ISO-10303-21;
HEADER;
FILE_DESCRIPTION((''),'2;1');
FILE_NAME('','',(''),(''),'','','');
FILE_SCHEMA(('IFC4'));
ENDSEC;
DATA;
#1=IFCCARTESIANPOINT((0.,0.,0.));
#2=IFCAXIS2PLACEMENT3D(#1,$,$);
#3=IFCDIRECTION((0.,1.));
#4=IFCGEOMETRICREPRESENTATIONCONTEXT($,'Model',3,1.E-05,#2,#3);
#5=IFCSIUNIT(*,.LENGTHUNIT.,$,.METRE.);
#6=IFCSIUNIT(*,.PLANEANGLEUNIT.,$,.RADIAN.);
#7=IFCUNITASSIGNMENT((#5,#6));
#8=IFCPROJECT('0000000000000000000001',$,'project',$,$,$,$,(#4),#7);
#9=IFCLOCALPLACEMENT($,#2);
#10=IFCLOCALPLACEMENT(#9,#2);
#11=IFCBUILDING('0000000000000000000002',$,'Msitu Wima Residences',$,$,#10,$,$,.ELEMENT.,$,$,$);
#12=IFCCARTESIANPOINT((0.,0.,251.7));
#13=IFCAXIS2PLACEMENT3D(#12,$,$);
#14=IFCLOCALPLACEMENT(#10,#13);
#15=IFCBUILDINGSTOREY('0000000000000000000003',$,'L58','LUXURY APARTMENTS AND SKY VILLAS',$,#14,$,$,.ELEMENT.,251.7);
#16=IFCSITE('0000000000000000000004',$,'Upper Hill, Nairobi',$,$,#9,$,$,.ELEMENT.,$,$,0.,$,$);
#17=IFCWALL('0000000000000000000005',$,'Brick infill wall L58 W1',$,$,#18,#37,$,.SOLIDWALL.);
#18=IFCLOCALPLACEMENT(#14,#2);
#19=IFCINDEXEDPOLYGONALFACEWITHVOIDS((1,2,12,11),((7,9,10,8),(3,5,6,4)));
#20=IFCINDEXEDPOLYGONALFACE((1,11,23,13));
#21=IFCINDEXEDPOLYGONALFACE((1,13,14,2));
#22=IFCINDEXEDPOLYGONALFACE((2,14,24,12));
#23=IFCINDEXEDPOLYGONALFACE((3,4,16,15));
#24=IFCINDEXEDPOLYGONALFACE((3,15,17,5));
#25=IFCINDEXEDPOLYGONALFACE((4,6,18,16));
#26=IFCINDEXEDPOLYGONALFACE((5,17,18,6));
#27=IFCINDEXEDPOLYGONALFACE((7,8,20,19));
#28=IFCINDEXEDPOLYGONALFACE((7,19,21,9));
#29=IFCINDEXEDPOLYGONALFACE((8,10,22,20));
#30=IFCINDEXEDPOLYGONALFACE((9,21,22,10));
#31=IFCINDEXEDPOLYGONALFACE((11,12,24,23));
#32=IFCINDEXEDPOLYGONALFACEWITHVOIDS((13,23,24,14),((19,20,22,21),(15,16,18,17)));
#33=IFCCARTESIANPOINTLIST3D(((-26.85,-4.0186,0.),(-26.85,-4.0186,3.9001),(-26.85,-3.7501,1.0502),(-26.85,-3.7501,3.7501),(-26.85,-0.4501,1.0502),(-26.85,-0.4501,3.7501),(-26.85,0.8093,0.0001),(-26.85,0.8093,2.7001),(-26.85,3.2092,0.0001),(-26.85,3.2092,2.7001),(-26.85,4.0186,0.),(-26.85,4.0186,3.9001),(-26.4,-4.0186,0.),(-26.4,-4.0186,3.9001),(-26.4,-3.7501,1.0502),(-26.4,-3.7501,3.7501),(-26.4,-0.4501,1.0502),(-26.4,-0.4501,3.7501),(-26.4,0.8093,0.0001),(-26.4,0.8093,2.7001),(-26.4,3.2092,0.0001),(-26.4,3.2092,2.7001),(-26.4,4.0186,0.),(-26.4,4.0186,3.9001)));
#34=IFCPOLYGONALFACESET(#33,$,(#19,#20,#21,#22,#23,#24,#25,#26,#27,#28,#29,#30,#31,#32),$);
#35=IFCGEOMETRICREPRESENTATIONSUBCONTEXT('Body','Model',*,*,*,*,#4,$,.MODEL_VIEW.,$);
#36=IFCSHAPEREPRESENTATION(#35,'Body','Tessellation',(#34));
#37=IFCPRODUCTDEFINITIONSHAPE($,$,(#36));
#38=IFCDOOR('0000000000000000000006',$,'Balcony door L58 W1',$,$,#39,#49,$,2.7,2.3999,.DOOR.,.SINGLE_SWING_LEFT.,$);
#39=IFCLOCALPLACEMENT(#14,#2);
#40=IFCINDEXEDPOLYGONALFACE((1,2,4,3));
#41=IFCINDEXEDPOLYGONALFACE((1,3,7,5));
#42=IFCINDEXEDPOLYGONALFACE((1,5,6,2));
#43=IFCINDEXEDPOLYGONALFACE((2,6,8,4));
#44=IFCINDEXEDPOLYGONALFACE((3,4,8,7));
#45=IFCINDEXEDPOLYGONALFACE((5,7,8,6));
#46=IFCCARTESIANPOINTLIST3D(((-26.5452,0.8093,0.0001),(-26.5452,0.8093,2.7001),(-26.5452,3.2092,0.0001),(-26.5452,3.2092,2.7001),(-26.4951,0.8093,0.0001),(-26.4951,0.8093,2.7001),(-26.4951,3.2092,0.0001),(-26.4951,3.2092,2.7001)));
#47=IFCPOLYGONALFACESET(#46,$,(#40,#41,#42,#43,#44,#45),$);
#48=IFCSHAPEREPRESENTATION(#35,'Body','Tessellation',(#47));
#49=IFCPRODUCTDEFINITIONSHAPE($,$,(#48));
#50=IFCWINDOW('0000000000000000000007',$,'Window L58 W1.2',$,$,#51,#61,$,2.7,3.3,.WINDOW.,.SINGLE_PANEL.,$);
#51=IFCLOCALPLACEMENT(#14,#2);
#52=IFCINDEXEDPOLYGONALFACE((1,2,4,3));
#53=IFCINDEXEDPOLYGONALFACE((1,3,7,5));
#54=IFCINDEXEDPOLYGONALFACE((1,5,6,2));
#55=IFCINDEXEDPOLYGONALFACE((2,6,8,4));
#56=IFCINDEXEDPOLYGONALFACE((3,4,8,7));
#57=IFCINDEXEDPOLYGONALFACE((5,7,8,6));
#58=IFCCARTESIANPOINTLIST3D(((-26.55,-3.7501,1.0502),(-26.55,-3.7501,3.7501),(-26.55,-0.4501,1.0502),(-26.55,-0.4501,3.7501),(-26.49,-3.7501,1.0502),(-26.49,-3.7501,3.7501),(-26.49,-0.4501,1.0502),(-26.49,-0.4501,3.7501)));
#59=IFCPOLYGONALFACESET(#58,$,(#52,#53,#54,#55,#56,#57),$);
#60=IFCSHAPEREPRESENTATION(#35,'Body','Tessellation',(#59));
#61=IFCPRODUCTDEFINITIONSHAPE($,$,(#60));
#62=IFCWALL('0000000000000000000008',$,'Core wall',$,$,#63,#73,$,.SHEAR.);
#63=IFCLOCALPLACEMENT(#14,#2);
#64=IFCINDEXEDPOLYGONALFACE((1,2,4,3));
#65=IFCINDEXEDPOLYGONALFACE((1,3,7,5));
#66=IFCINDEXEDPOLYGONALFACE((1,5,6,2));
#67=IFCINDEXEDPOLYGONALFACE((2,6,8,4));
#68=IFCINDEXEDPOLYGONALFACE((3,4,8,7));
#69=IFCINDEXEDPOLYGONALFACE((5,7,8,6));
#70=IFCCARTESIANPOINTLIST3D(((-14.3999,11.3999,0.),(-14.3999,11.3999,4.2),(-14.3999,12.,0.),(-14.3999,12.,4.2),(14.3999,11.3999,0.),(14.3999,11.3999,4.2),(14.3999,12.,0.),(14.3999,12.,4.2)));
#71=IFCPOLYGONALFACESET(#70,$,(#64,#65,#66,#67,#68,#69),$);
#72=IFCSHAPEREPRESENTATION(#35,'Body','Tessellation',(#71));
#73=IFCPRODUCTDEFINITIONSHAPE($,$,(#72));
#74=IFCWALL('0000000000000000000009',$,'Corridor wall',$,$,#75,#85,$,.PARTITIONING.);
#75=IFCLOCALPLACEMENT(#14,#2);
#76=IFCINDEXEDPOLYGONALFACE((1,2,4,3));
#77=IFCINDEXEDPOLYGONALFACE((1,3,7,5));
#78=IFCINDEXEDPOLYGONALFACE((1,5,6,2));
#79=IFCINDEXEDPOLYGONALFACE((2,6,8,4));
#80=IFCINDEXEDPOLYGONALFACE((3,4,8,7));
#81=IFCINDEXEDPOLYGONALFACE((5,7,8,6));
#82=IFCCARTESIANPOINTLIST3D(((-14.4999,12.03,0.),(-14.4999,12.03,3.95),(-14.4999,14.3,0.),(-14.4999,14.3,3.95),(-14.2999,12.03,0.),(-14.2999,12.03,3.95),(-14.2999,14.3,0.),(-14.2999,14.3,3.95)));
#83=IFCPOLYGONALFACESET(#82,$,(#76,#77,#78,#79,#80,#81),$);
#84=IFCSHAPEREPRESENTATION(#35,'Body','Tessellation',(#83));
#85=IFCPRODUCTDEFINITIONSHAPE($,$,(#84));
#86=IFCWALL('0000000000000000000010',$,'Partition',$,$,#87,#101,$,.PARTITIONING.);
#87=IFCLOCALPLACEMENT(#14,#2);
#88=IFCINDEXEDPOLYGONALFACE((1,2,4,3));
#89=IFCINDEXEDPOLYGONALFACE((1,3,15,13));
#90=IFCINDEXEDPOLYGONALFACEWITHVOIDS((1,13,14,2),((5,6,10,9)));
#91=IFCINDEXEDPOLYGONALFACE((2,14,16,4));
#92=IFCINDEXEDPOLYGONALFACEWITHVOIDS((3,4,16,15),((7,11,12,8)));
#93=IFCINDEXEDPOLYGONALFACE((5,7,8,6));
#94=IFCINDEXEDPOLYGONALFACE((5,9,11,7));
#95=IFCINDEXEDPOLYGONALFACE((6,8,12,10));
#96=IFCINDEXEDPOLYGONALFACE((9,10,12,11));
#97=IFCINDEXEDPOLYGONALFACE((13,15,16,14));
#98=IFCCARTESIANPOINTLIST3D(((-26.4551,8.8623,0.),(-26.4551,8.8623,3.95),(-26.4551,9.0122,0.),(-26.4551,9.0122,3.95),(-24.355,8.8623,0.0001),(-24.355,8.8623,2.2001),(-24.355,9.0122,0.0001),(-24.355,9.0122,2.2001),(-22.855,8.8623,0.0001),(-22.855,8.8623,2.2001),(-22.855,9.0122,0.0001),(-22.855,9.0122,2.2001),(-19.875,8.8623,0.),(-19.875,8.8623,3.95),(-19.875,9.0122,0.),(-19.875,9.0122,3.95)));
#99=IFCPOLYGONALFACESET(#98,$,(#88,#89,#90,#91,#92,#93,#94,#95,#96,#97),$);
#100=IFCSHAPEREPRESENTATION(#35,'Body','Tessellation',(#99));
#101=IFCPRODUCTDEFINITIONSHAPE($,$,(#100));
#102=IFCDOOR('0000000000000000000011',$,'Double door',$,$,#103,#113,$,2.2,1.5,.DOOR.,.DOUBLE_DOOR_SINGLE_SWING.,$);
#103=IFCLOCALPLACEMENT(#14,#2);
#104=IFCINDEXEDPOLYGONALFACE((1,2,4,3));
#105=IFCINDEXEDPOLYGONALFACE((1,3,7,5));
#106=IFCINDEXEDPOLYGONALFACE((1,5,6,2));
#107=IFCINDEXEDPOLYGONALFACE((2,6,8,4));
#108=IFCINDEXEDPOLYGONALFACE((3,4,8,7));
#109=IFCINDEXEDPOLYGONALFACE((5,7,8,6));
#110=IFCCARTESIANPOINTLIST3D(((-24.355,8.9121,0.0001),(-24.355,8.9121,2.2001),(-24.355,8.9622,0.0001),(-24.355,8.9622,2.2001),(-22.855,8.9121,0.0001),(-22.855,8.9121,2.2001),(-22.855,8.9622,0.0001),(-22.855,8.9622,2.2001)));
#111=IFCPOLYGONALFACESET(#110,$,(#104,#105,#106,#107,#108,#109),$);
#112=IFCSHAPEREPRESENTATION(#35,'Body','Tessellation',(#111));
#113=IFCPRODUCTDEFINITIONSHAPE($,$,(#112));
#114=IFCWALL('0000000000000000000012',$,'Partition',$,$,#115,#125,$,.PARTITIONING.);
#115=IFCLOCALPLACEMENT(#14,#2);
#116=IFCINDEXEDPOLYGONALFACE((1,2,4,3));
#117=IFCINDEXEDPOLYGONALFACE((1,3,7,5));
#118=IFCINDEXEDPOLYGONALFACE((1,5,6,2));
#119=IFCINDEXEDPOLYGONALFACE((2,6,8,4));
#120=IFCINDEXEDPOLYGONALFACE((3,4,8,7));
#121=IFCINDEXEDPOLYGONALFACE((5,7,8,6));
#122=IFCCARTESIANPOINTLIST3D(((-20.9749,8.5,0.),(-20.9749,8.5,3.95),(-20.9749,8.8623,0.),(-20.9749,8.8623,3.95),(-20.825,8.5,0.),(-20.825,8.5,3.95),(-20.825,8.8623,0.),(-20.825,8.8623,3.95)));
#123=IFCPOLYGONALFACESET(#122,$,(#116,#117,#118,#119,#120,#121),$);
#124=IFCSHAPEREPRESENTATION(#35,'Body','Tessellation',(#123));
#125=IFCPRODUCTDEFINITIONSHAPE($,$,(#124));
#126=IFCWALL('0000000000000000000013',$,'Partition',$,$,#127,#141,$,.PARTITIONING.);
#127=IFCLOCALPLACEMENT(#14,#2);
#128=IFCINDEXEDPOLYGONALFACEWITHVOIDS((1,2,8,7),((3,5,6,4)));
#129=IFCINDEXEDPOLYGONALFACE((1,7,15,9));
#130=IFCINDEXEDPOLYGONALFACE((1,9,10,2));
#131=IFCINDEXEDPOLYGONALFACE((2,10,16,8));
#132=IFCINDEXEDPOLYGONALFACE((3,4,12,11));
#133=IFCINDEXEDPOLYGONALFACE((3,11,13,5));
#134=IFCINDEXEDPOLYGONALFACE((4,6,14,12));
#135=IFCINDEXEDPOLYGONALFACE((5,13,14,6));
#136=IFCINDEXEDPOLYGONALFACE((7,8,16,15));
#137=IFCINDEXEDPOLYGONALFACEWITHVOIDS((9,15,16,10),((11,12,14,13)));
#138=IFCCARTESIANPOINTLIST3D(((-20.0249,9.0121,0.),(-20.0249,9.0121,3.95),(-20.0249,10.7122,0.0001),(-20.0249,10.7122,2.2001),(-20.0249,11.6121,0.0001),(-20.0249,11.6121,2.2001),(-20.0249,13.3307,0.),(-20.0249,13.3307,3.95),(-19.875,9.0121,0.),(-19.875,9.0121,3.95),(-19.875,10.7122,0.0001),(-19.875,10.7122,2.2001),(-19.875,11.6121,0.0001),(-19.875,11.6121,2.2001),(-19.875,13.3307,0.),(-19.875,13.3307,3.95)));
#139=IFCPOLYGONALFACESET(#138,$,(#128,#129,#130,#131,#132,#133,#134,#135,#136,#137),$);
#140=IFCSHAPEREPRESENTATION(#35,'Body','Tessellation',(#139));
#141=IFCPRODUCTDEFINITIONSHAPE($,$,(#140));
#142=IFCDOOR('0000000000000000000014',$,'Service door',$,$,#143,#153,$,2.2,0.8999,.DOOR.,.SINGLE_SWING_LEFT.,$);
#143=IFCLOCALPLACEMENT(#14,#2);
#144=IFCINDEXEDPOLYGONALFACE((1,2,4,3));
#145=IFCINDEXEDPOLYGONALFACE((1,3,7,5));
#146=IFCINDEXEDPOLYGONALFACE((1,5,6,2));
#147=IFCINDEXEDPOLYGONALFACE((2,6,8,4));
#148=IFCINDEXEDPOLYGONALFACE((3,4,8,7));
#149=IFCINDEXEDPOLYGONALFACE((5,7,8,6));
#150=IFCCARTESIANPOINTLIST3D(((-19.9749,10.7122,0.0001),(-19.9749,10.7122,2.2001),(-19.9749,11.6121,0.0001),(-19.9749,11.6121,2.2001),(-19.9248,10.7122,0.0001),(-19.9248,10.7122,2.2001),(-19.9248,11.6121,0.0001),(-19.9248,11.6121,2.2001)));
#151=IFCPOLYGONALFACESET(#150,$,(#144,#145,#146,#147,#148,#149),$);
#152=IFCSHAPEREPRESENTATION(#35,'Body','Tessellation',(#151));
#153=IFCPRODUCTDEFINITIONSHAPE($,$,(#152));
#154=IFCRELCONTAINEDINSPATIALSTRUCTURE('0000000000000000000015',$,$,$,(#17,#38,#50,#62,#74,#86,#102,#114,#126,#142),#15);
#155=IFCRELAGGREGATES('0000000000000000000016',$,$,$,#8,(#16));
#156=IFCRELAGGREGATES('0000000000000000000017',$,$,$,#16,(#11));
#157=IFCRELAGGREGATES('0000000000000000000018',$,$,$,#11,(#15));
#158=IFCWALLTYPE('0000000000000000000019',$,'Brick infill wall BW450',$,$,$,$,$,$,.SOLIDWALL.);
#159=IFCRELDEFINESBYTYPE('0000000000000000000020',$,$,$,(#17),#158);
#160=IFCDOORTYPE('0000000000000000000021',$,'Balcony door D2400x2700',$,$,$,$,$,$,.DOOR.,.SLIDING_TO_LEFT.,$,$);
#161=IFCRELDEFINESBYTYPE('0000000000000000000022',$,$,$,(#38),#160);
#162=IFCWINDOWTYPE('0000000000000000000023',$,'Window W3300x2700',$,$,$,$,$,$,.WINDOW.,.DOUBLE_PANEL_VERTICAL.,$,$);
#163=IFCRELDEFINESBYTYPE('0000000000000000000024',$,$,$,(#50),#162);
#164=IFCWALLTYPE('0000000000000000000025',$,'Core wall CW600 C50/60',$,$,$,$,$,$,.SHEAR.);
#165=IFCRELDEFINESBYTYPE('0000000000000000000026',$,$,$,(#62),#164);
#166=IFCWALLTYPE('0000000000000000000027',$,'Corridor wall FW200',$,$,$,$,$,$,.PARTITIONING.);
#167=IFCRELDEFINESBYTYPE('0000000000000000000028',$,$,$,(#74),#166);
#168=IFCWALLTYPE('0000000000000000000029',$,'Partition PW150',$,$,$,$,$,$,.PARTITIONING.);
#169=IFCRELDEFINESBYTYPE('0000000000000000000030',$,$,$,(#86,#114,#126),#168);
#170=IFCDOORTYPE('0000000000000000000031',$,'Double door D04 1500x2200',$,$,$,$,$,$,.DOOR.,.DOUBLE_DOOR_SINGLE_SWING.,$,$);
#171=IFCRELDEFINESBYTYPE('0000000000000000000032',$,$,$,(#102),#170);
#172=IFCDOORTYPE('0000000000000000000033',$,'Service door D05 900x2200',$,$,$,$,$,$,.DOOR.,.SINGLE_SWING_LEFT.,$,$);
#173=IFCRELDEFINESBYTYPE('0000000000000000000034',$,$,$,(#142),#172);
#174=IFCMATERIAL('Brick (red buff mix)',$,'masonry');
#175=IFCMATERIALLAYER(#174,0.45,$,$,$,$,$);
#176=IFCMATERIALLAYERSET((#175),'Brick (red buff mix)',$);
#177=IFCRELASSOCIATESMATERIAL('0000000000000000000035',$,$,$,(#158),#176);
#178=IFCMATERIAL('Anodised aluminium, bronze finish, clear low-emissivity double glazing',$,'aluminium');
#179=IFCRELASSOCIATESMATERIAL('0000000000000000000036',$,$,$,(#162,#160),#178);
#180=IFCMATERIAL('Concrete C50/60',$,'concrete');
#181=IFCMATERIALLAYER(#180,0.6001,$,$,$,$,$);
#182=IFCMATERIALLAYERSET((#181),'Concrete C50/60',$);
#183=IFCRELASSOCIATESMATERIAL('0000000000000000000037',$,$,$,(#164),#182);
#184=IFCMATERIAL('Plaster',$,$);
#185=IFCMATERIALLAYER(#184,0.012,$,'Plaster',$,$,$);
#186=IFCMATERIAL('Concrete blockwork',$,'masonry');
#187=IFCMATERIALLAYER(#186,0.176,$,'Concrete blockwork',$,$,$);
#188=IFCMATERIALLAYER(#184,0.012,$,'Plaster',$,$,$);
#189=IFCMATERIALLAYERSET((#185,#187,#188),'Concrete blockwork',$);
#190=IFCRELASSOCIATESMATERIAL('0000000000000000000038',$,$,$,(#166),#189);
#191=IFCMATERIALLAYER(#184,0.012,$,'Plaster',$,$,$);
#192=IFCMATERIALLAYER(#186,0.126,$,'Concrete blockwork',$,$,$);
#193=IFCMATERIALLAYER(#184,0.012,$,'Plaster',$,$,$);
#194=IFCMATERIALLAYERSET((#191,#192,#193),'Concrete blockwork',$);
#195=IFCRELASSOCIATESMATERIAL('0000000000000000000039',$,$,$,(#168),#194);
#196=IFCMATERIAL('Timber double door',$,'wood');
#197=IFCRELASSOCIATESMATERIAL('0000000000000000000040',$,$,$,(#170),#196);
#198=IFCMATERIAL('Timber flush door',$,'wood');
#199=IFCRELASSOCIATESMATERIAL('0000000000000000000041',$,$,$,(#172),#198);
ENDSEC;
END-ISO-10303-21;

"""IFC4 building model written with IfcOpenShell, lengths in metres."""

from ifc_helpers import new_model, si_unit, direction, frame, frame_2d, origin, place, context, subcontext, project, spatial, rectangle, extrude, material, layer, layer_set, type_object, element, fill, save


model = new_model("IFC4")

# Units and contexts
model_context = context("Model", 3, precision=1e-05, world=origin(), true_north=direction((0.0, 1.0)))
body_context = subcontext(model_context, "Body", "Model", "MODEL_VIEW")
ifc_project = project(units=[si_unit("LENGTHUNIT", "METRE"), si_unit("PLANEANGLEUNIT", "RADIAN")], contexts=[model_context])

# Site, building, storey
site_placement = place(None, origin())
site = spatial("IfcSite", under=ifc_project, at=site_placement, Name="Upper Hill, Nairobi", CompositionType="ELEMENT", RefElevation=0.0)
building_placement = place(site_placement, origin())
building = spatial("IfcBuilding", under=site, at=building_placement, Name="Msitu Wima Residences", CompositionType="ELEMENT")
storey_placement = place(building_placement, frame((0.0, 0.0, 251.7)))
storey = spatial("IfcBuildingStorey", under=building, at=storey_placement, Name="L58", Description="LUXURY APARTMENTS AND SKY VILLAS", CompositionType="ELEMENT", Elevation=251.7)

# Shared definitions
ifc_material_1 = material(Name="Concrete C50/60", Category="concrete")

# Shared definitions
ifc_material_2 = material(Name="Brick (red buff mix)", Category="masonry")
ifc_layer_1 = layer(ifc_material_2, 0.45)
ifc_layer_set_1 = layer_set([ifc_layer_1], Name="Brick (red buff mix)")
wall_type_1 = type_object("IfcWallType", Name="Brick infill wall BW450", PredefinedType="SOLIDWALL", material=ifc_layer_set_1)
ifc_material_3 = material(Name="Anodised aluminium, bronze finish, clear low-emissivity double glazing", Category="aluminium")
window_type = type_object("IfcWindowType", Name="Window W3300x2700", PartitioningType="DOUBLE_PANEL_VERTICAL", PredefinedType="WINDOW", material=ifc_material_3)

# Wall, openings, door, window
wall_1_placement = place(storey_placement, frame((-26.625, 4.0186, 0.0), z_axis=(0.0, 0.0, 1.0), x_axis=(0.0, -1.0, 0.0)))
wall_1 = element("IfcWall", 1, at=wall_1_placement, inside=storey, type_object=wall_type_1, Name="Brick infill wall L58 W1", PredefinedType="SOLIDWALL", context=body_context, shape_type="SweptSolid", body=[
    extrude(rectangle(XDim=8.0371, YDim=0.45, at=frame_2d((4.0186, 0.0))), origin(), (0.0, 0.0, 1.0), 3.9001),
])
opening_1_placement = place(wall_1_placement, frame((0.8093, 0.0, 0.0)))
opening_1 = element("IfcOpeningElement", 2, at=opening_1_placement, cuts=wall_1, PredefinedType="OPENING", context=body_context, shape_type="SweptSolid", body=[
    extrude(rectangle(XDim=2.3999, YDim=2.7, at=frame_2d((1.2, 1.3501))), frame((0.0, 0.2349, 0.0), z_axis=(0.0, -1.0, 0.0), x_axis=(1.0, 0.0, 0.0)), (0.0, 0.0, 1.0), 0.47),
])
opening_2_placement = place(wall_1_placement, frame((4.4688, 0.0, 1.05)))
opening_2 = element("IfcOpeningElement", 3, at=opening_2_placement, cuts=wall_1, PredefinedType="OPENING", context=body_context, shape_type="SweptSolid", body=[
    extrude(rectangle(XDim=3.3, YDim=2.7, at=frame_2d((1.6499, 1.3501))), frame((0.0, 0.2349, 0.0), z_axis=(0.0, -1.0, 0.0), x_axis=(1.0, 0.0, 0.0)), (0.0, 0.0, 1.0), 0.47),
])
door_type_1 = type_object("IfcDoorType", Name="Balcony door D2400x2700", OperationType="SLIDING_TO_LEFT", PredefinedType="DOOR", material=ifc_material_3)
door_1_placement = place(opening_1_placement, origin())
door_1 = element("IfcDoor", 4, at=door_1_placement, inside=storey, type_object=door_type_1, Name="Balcony door L58 W1", OperationType="SINGLE_SWING_LEFT", OverallHeight=2.7, OverallWidth=2.3999, PredefinedType="DOOR", context=body_context, shape_type="SweptSolid", body=[
    extrude(rectangle(XDim=2.3999, YDim=2.7, at=frame_2d((1.2, 1.3501))), frame((0.0, 0.1299, 0.0), z_axis=(0.0, -1.0, 0.0), x_axis=(1.0, 0.0, 0.0)), (0.0, 0.0, 1.0), 0.05),
])
fill(opening_1, door_1)
window_1_placement = place(opening_2_placement, origin())
window_1 = element("IfcWindow", 5, at=window_1_placement, inside=storey, type_object=window_type, Name="Window L58 W1.2", OverallHeight=2.7, OverallWidth=3.3, PartitioningType="SINGLE_PANEL", PredefinedType="WINDOW", context=body_context, shape_type="SweptSolid", body=[
    extrude(rectangle(XDim=3.3, YDim=2.7, at=frame_2d((1.6499, 1.3501))), frame((0.0, 0.135, 0.0), z_axis=(0.0, -1.0, 0.0), x_axis=(1.0, 0.0, 0.0)), (0.0, 0.0, 1.0), 0.0601),
])
fill(opening_2, window_1)

# Walls
ifc_layer_2 = layer(ifc_material_1, 0.6001)
ifc_layer_set_2 = layer_set([ifc_layer_2], Name="Concrete C50/60")
wall_type_2 = type_object("IfcWallType", Name="Core wall CW600 C50/60", PredefinedType="SHEAR", material=ifc_layer_set_2)
wall_2_placement = place(storey_placement, frame((-14.3999, 11.7, 0.0), z_axis=(0.0, 0.0, 1.0), x_axis=(1.0, 0.0, 0.0)))
element("IfcWall", 6, at=wall_2_placement, inside=storey, type_object=wall_type_2, Name="Core wall", PredefinedType="SHEAR", context=body_context, shape_type="SweptSolid", body=[
    extrude(rectangle(XDim=28.7998, YDim=0.6001, at=frame_2d((14.3999, 0.0))), origin(), (0.0, 0.0, 1.0), 4.2),
])
ifc_material_4 = material(Name="Plaster")
ifc_layer_3 = layer(ifc_material_4, 0.012, Name="Plaster")
ifc_material_5 = material(Name="Concrete blockwork", Category="masonry")
ifc_layer_4 = layer(ifc_material_5, 0.176, Name="Concrete blockwork")
ifc_layer_5 = layer(ifc_material_4, 0.012, Name="Plaster")
ifc_layer_set_3 = layer_set([ifc_layer_3, ifc_layer_4, ifc_layer_5], Name="Concrete blockwork")
wall_type_3 = type_object("IfcWallType", Name="Corridor wall FW200", PredefinedType="PARTITIONING", material=ifc_layer_set_3)
wall_3_placement = place(storey_placement, frame((-14.3999, 12.03, 0.0), z_axis=(0.0, 0.0, 1.0), x_axis=(0.0, 1.0, 0.0)))
element("IfcWall", 7, at=wall_3_placement, inside=storey, type_object=wall_type_3, Name="Corridor wall", PredefinedType="PARTITIONING", context=body_context, shape_type="SweptSolid", body=[
    extrude(rectangle(XDim=2.27, YDim=0.2, at=frame_2d((1.135, 0.0))), origin(), (0.0, 0.0, 1.0), 3.95),
])

# Wall, opening, door
ifc_layer_6 = layer(ifc_material_4, 0.012, Name="Plaster")
ifc_layer_7 = layer(ifc_material_5, 0.126, Name="Concrete blockwork")
ifc_layer_8 = layer(ifc_material_4, 0.012, Name="Plaster")
ifc_layer_set_4 = layer_set([ifc_layer_6, ifc_layer_7, ifc_layer_8], Name="Concrete blockwork")
wall_type_4 = type_object("IfcWallType", Name="Partition PW150", PredefinedType="PARTITIONING", material=ifc_layer_set_4)
wall_4_placement = place(storey_placement, frame((-26.4551, 8.9373, 0.0), z_axis=(0.0, 0.0, 1.0), x_axis=(1.0, 0.0, 0.0)))
wall_4 = element("IfcWall", 8, at=wall_4_placement, inside=storey, type_object=wall_type_4, Name="Partition", PredefinedType="PARTITIONING", context=body_context, shape_type="SweptSolid", body=[
    extrude(rectangle(XDim=6.5801, YDim=0.1499, at=frame_2d((3.29, 0.0))), origin(), (0.0, 0.0, 1.0), 3.95),
])
opening_3_placement = place(wall_4_placement, frame((2.1001, 0.0, 0.0)))
opening_3 = element("IfcOpeningElement", 9, at=opening_3_placement, cuts=wall_4, PredefinedType="OPENING", context=body_context, shape_type="SweptSolid", body=[
    extrude(rectangle(XDim=1.5, YDim=2.2, at=frame_2d((0.75, 1.1001))), frame((0.0, 0.085, 0.0), z_axis=(0.0, -1.0, 0.0), x_axis=(1.0, 0.0, 0.0)), (0.0, 0.0, 1.0), 0.1699),
])
ifc_material_6 = material(Name="Timber double door", Category="wood")
door_type_2 = type_object("IfcDoorType", Name="Double door D04 1500x2200", OperationType="DOUBLE_DOOR_SINGLE_SWING", PredefinedType="DOOR", material=ifc_material_6)
door_2_placement = place(opening_3_placement, origin())
door_2 = element("IfcDoor", 10, at=door_2_placement, inside=storey, type_object=door_type_2, Name="Double door", OperationType="DOUBLE_DOOR_SINGLE_SWING", OverallHeight=2.2, OverallWidth=1.5, PredefinedType="DOOR", context=body_context, shape_type="SweptSolid", body=[
    extrude(rectangle(XDim=1.5, YDim=2.2, at=frame_2d((0.75, 1.1001))), frame((0.0, 0.0249, 0.0), z_axis=(0.0, -1.0, 0.0), x_axis=(1.0, 0.0, 0.0)), (0.0, 0.0, 1.0), 0.05),
])
fill(opening_3, door_2)

# Wall
wall_5_placement = place(storey_placement, frame((-20.8999, 8.5, 0.0), z_axis=(0.0, 0.0, 1.0), x_axis=(0.0, 1.0, 0.0)))
element("IfcWall", 11, at=wall_5_placement, inside=storey, type_object=wall_type_4, Name="Partition", PredefinedType="PARTITIONING", context=body_context, shape_type="SweptSolid", body=[
    extrude(rectangle(XDim=0.3623, YDim=0.1499, at=frame_2d((0.1812, 0.0))), origin(), (0.0, 0.0, 1.0), 3.95),
])

# Wall, opening, door
wall_6_placement = place(storey_placement, frame((-19.95, 9.0122, 0.0), z_axis=(0.0, 0.0, 1.0), x_axis=(0.0, 1.0, 0.0)))
wall_6 = element("IfcWall", 12, at=wall_6_placement, inside=storey, type_object=wall_type_4, Name="Partition", PredefinedType="PARTITIONING", context=body_context, shape_type="SweptSolid", body=[
    extrude(rectangle(XDim=4.3186, YDim=0.1499, at=frame_2d((2.1592, 0.0))), origin(), (0.0, 0.0, 1.0), 3.95),
])
opening_4_placement = place(wall_6_placement, frame((1.7, 0.0, 0.0)))
opening_4 = element("IfcOpeningElement", 13, at=opening_4_placement, cuts=wall_6, PredefinedType="OPENING", context=body_context, shape_type="SweptSolid", body=[
    extrude(rectangle(XDim=0.8999, YDim=2.2, at=frame_2d((0.45, 1.1001))), frame((0.0, 0.085, 0.0), z_axis=(0.0, -1.0, 0.0), x_axis=(1.0, 0.0, 0.0)), (0.0, 0.0, 1.0), 0.1699),
])
ifc_material_7 = material(Name="Timber flush door", Category="wood")
door_type_3 = type_object("IfcDoorType", Name="Service door D05 900x2200", OperationType="SINGLE_SWING_LEFT", PredefinedType="DOOR", material=ifc_material_7)
door_3_placement = place(opening_4_placement, origin())
door_3 = element("IfcDoor", 14, at=door_3_placement, inside=storey, type_object=door_type_3, Name="Service door", OperationType="SINGLE_SWING_LEFT", OverallHeight=2.2, OverallWidth=0.8999, PredefinedType="DOOR", context=body_context, shape_type="SweptSolid", body=[
    extrude(rectangle(XDim=0.8999, YDim=2.2, at=frame_2d((0.45, 1.1001))), frame((0.0, 0.0249, 0.0), z_axis=(0.0, -1.0, 0.0), x_axis=(1.0, 0.0, 0.0)), (0.0, 0.0, 1.0), 0.05),
])
fill(opening_4, door_3)

save(model, "model.ifc")
